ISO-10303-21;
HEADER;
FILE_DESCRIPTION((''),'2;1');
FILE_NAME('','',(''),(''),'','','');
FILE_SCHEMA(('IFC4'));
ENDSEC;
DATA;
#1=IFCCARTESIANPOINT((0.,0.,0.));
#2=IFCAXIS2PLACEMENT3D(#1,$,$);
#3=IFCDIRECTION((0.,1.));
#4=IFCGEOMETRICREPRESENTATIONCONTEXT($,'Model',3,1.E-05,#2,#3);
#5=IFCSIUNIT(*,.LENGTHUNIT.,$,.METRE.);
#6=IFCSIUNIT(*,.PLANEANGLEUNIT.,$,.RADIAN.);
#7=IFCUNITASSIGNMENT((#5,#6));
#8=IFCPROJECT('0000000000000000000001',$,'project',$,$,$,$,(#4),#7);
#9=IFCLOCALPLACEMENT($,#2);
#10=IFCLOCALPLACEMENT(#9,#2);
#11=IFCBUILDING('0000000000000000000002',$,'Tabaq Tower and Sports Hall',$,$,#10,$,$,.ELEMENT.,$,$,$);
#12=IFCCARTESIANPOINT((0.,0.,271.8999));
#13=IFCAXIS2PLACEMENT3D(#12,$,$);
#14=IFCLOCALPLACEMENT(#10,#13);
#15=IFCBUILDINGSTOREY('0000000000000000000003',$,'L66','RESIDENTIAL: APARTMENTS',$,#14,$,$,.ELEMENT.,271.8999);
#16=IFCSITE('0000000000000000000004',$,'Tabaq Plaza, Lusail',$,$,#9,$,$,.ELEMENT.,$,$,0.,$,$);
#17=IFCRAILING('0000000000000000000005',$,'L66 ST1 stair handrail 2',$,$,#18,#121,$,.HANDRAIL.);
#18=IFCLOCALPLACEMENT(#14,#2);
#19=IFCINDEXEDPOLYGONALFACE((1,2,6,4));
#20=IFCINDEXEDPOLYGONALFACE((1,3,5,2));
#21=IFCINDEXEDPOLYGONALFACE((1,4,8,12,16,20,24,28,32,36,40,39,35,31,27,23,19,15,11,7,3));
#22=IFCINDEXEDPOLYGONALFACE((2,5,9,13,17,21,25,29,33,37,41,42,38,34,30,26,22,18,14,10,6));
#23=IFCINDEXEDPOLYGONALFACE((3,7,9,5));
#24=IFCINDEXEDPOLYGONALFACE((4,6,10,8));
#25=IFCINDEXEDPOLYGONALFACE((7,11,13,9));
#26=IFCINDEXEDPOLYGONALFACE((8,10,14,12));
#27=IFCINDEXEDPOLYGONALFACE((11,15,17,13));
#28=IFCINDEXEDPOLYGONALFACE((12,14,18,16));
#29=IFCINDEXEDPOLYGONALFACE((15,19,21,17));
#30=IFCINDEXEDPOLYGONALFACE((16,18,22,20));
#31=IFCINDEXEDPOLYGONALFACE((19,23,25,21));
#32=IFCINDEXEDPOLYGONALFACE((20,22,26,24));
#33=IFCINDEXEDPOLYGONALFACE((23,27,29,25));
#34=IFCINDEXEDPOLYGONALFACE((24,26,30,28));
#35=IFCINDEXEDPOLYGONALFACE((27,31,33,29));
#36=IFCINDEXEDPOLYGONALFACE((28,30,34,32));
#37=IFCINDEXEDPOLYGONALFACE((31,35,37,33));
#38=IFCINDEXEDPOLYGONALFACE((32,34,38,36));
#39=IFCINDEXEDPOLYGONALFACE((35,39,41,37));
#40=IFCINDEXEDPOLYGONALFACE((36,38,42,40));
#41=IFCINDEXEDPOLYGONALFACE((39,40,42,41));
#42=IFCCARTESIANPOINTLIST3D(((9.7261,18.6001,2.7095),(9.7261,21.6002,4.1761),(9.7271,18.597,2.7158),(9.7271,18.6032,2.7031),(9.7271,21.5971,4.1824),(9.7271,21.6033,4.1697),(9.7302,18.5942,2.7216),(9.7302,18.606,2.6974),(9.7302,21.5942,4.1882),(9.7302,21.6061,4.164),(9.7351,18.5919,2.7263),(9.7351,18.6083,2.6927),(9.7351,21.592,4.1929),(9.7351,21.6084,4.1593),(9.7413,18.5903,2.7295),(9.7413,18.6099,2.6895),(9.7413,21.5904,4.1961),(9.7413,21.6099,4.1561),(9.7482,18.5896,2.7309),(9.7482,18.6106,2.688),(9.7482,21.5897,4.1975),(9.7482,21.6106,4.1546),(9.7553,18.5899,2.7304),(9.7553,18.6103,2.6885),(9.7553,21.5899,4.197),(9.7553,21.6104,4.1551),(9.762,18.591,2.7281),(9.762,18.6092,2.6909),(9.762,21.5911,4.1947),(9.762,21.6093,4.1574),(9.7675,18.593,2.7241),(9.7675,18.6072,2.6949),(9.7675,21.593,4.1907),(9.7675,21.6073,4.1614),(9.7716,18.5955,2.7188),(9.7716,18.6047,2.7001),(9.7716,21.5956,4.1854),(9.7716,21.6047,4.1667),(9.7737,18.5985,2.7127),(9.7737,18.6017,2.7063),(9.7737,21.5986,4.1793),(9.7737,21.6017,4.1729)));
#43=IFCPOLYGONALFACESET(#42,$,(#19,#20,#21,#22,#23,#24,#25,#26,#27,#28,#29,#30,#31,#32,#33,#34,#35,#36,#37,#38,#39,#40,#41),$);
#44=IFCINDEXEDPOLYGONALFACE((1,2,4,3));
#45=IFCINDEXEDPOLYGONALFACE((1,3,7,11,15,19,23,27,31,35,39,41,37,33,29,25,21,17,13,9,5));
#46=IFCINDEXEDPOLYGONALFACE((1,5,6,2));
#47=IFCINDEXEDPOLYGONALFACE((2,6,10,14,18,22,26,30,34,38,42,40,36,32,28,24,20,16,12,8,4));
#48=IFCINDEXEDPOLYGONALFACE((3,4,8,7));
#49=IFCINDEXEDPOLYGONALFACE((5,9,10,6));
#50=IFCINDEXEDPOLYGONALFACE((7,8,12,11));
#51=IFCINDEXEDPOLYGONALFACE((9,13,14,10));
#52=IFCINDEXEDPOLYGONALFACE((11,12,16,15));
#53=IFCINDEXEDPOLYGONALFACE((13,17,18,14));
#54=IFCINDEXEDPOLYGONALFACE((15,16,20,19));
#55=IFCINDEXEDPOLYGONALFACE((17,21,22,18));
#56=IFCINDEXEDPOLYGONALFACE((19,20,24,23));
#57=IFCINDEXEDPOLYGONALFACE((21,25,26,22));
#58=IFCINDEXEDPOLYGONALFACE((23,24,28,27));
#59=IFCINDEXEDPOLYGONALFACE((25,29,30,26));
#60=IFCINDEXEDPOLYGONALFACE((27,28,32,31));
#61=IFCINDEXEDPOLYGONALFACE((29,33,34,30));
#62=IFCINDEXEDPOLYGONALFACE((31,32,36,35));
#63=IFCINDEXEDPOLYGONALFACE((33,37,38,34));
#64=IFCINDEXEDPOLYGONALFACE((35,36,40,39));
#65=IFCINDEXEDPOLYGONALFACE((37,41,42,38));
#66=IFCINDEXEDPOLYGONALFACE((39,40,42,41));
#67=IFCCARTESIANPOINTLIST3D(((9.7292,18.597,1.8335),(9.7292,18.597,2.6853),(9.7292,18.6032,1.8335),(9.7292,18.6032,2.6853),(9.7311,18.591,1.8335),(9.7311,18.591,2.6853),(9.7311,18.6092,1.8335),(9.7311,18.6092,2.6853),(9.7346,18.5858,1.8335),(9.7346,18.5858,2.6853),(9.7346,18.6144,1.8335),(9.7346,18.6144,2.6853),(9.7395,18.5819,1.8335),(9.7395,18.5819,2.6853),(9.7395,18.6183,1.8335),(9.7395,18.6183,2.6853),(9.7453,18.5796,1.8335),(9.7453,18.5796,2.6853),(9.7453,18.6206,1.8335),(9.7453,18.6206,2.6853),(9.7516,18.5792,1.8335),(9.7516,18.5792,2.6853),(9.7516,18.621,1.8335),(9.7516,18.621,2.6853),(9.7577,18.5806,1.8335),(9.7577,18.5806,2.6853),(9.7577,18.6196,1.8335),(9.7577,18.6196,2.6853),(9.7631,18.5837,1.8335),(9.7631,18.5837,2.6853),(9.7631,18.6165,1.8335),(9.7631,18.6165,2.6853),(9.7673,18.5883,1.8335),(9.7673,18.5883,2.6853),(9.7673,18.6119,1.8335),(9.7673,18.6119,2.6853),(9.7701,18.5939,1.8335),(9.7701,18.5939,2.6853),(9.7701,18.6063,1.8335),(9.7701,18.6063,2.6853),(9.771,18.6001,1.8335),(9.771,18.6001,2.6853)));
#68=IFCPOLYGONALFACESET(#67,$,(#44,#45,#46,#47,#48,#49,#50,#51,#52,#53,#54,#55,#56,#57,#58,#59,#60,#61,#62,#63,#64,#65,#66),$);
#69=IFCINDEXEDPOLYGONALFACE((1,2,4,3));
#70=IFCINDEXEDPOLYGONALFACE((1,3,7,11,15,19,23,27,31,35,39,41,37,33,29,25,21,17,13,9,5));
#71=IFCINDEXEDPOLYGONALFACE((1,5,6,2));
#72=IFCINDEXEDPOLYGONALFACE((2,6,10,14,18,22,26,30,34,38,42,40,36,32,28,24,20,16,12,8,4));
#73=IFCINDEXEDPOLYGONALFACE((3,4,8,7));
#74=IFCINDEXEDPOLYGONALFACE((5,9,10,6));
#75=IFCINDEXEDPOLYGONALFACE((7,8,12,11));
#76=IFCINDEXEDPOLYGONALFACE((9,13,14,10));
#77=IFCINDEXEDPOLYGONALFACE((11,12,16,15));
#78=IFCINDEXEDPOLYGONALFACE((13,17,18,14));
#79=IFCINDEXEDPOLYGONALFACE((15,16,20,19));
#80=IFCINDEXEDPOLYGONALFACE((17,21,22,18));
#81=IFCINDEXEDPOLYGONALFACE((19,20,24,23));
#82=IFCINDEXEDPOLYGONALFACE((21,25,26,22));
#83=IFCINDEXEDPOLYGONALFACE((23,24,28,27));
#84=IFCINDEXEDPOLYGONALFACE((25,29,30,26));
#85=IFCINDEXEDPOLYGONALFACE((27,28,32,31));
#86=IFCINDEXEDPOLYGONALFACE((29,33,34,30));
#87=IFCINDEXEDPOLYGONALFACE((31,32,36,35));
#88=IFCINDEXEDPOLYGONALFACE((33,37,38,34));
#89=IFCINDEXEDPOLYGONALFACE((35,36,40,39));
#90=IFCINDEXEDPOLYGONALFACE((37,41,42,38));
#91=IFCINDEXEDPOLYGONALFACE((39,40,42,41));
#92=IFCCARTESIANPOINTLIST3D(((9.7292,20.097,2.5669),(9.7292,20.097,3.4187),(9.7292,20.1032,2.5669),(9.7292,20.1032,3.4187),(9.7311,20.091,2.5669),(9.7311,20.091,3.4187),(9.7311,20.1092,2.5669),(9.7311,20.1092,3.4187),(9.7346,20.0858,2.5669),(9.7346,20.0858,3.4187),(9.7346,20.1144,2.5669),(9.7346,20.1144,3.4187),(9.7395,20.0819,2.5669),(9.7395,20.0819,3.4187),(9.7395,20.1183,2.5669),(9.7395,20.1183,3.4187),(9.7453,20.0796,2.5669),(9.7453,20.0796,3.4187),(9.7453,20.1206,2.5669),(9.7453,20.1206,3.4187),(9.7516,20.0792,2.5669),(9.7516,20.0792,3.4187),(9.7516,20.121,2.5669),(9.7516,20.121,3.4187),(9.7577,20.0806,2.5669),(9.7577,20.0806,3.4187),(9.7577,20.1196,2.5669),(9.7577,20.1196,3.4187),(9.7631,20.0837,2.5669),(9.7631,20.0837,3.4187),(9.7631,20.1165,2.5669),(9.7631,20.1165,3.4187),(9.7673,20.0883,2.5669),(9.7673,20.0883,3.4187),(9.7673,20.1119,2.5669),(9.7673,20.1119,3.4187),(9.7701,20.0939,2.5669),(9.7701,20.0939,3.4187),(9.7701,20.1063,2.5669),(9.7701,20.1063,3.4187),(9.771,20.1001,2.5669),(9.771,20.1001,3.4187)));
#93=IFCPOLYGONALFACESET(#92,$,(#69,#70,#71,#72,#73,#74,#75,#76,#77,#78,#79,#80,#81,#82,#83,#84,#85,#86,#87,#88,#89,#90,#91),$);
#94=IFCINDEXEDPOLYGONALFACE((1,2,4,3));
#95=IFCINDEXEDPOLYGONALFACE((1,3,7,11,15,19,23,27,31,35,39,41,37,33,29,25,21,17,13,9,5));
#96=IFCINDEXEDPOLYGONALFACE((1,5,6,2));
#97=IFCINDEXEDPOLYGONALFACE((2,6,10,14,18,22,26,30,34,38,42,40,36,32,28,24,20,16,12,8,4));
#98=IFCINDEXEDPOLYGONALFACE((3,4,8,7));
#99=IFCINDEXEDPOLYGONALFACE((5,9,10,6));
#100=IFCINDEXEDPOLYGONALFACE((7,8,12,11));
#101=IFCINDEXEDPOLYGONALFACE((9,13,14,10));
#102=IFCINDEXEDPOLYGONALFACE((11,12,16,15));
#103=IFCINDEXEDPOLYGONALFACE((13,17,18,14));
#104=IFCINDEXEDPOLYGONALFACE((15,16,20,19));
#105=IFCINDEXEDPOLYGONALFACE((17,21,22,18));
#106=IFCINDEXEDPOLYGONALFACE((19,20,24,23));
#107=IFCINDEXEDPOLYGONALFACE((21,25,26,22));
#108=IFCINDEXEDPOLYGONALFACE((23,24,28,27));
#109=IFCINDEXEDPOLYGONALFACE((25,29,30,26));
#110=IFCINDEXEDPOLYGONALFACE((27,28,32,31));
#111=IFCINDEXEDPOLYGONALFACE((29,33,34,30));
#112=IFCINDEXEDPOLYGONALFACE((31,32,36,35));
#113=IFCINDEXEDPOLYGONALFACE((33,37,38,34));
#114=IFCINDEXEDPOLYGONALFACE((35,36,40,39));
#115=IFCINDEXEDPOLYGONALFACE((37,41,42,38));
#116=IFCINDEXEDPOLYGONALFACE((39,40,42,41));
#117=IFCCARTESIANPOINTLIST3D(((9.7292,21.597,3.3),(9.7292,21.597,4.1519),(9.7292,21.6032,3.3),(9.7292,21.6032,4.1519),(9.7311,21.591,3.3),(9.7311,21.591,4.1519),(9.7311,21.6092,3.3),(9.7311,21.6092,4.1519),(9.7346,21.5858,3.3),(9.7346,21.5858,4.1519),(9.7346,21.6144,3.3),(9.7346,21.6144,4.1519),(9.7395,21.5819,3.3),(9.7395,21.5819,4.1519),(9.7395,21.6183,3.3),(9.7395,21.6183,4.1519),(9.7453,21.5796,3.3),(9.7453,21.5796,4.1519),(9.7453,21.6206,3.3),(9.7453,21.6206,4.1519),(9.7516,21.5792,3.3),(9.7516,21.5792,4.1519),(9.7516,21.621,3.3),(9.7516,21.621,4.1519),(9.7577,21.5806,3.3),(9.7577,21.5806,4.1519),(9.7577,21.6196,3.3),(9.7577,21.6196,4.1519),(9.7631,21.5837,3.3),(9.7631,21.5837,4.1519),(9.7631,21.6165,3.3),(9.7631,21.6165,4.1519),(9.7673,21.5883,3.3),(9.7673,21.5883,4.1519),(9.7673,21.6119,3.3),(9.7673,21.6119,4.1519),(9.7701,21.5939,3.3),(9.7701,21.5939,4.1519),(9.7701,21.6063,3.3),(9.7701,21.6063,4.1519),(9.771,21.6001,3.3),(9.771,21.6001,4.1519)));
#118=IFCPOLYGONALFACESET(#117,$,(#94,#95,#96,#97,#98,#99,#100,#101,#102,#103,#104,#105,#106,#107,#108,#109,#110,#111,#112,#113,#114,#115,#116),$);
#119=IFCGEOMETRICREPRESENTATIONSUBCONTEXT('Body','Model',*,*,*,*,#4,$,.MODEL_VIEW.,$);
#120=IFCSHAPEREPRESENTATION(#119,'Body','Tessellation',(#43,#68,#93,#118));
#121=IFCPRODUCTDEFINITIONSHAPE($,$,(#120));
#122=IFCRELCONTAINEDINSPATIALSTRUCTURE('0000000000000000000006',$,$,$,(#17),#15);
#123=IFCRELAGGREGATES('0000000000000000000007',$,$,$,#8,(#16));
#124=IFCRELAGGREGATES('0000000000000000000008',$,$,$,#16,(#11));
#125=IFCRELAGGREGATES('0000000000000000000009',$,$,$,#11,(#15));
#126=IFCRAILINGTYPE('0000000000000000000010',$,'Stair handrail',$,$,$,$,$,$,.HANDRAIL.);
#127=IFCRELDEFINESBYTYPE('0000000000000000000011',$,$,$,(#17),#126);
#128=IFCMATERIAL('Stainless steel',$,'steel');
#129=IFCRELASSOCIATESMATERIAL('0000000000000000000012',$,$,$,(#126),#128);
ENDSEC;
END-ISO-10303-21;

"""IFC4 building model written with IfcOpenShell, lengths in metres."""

from ifc_helpers import new_model, si_unit, direction, frame, origin, origin_2d, place, context, subcontext, project, spatial, circle, extrude, material, type_object, element, save


model = new_model("IFC4")

# Units and contexts
model_context = context("Model", 3, precision=1e-05, world=origin(), true_north=direction((0.0, 1.0)))
body_context = subcontext(model_context, "Body", "Model", "MODEL_VIEW")
ifc_project = project(units=[si_unit("LENGTHUNIT", "METRE"), si_unit("PLANEANGLEUNIT", "RADIAN")], contexts=[model_context])

# Site, building, storey
site_placement = place(None, origin())
site = spatial("IfcSite", under=ifc_project, at=site_placement, Name="Tabaq Plaza, Lusail", CompositionType="ELEMENT", RefElevation=0.0)
building_placement = place(site_placement, origin())
building = spatial("IfcBuilding", under=site, at=building_placement, Name="Tabaq Tower and Sports Hall", CompositionType="ELEMENT")
storey_placement = place(building_placement, frame((0.0, 0.0, 271.8999)))
storey = spatial("IfcBuildingStorey", under=building, at=storey_placement, Name="L66", Description="RESIDENTIAL: APARTMENTS", CompositionType="ELEMENT", Elevation=271.8999)

# Railing
ifc_material_1 = material(Name="Stainless steel", Category="steel")
railing_type = type_object("IfcRailingType", Name="Stair handrail", PredefinedType="HANDRAIL", material=ifc_material_1)
railing_1_placement = place(storey_placement, frame((9.75, 18.6001, 1.8335)))
element("IfcRailing", 1, at=railing_1_placement, inside=storey, type_object=railing_type, Name="L66 ST1 stair handrail 2", PredefinedType="HANDRAIL", context=body_context, shape_type="SweptSolid", body=[
    extrude(circle(Radius=0.0239, at=origin_2d()), frame((0.0, 0.0, 0.876), z_axis=(0.0, 0.898398, 0.439183), x_axis=(-1.0, 0.0, 0.0)), (0.0, 0.0, 1.0), 3.3394),
    extrude(circle(Radius=0.021, at=origin_2d()), origin(), (0.0, 0.0, 1.0), 0.8518),
    extrude(circle(Radius=0.021, at=origin_2d()), frame((0.0, 1.5, 0.7334)), (0.0, 0.0, 1.0), 0.8518),
    extrude(circle(Radius=0.021, at=origin_2d()), frame((0.0, 3.0, 1.4666)), (0.0, 0.0, 1.0), 0.8518),
])

save(model, "model.ifc")
